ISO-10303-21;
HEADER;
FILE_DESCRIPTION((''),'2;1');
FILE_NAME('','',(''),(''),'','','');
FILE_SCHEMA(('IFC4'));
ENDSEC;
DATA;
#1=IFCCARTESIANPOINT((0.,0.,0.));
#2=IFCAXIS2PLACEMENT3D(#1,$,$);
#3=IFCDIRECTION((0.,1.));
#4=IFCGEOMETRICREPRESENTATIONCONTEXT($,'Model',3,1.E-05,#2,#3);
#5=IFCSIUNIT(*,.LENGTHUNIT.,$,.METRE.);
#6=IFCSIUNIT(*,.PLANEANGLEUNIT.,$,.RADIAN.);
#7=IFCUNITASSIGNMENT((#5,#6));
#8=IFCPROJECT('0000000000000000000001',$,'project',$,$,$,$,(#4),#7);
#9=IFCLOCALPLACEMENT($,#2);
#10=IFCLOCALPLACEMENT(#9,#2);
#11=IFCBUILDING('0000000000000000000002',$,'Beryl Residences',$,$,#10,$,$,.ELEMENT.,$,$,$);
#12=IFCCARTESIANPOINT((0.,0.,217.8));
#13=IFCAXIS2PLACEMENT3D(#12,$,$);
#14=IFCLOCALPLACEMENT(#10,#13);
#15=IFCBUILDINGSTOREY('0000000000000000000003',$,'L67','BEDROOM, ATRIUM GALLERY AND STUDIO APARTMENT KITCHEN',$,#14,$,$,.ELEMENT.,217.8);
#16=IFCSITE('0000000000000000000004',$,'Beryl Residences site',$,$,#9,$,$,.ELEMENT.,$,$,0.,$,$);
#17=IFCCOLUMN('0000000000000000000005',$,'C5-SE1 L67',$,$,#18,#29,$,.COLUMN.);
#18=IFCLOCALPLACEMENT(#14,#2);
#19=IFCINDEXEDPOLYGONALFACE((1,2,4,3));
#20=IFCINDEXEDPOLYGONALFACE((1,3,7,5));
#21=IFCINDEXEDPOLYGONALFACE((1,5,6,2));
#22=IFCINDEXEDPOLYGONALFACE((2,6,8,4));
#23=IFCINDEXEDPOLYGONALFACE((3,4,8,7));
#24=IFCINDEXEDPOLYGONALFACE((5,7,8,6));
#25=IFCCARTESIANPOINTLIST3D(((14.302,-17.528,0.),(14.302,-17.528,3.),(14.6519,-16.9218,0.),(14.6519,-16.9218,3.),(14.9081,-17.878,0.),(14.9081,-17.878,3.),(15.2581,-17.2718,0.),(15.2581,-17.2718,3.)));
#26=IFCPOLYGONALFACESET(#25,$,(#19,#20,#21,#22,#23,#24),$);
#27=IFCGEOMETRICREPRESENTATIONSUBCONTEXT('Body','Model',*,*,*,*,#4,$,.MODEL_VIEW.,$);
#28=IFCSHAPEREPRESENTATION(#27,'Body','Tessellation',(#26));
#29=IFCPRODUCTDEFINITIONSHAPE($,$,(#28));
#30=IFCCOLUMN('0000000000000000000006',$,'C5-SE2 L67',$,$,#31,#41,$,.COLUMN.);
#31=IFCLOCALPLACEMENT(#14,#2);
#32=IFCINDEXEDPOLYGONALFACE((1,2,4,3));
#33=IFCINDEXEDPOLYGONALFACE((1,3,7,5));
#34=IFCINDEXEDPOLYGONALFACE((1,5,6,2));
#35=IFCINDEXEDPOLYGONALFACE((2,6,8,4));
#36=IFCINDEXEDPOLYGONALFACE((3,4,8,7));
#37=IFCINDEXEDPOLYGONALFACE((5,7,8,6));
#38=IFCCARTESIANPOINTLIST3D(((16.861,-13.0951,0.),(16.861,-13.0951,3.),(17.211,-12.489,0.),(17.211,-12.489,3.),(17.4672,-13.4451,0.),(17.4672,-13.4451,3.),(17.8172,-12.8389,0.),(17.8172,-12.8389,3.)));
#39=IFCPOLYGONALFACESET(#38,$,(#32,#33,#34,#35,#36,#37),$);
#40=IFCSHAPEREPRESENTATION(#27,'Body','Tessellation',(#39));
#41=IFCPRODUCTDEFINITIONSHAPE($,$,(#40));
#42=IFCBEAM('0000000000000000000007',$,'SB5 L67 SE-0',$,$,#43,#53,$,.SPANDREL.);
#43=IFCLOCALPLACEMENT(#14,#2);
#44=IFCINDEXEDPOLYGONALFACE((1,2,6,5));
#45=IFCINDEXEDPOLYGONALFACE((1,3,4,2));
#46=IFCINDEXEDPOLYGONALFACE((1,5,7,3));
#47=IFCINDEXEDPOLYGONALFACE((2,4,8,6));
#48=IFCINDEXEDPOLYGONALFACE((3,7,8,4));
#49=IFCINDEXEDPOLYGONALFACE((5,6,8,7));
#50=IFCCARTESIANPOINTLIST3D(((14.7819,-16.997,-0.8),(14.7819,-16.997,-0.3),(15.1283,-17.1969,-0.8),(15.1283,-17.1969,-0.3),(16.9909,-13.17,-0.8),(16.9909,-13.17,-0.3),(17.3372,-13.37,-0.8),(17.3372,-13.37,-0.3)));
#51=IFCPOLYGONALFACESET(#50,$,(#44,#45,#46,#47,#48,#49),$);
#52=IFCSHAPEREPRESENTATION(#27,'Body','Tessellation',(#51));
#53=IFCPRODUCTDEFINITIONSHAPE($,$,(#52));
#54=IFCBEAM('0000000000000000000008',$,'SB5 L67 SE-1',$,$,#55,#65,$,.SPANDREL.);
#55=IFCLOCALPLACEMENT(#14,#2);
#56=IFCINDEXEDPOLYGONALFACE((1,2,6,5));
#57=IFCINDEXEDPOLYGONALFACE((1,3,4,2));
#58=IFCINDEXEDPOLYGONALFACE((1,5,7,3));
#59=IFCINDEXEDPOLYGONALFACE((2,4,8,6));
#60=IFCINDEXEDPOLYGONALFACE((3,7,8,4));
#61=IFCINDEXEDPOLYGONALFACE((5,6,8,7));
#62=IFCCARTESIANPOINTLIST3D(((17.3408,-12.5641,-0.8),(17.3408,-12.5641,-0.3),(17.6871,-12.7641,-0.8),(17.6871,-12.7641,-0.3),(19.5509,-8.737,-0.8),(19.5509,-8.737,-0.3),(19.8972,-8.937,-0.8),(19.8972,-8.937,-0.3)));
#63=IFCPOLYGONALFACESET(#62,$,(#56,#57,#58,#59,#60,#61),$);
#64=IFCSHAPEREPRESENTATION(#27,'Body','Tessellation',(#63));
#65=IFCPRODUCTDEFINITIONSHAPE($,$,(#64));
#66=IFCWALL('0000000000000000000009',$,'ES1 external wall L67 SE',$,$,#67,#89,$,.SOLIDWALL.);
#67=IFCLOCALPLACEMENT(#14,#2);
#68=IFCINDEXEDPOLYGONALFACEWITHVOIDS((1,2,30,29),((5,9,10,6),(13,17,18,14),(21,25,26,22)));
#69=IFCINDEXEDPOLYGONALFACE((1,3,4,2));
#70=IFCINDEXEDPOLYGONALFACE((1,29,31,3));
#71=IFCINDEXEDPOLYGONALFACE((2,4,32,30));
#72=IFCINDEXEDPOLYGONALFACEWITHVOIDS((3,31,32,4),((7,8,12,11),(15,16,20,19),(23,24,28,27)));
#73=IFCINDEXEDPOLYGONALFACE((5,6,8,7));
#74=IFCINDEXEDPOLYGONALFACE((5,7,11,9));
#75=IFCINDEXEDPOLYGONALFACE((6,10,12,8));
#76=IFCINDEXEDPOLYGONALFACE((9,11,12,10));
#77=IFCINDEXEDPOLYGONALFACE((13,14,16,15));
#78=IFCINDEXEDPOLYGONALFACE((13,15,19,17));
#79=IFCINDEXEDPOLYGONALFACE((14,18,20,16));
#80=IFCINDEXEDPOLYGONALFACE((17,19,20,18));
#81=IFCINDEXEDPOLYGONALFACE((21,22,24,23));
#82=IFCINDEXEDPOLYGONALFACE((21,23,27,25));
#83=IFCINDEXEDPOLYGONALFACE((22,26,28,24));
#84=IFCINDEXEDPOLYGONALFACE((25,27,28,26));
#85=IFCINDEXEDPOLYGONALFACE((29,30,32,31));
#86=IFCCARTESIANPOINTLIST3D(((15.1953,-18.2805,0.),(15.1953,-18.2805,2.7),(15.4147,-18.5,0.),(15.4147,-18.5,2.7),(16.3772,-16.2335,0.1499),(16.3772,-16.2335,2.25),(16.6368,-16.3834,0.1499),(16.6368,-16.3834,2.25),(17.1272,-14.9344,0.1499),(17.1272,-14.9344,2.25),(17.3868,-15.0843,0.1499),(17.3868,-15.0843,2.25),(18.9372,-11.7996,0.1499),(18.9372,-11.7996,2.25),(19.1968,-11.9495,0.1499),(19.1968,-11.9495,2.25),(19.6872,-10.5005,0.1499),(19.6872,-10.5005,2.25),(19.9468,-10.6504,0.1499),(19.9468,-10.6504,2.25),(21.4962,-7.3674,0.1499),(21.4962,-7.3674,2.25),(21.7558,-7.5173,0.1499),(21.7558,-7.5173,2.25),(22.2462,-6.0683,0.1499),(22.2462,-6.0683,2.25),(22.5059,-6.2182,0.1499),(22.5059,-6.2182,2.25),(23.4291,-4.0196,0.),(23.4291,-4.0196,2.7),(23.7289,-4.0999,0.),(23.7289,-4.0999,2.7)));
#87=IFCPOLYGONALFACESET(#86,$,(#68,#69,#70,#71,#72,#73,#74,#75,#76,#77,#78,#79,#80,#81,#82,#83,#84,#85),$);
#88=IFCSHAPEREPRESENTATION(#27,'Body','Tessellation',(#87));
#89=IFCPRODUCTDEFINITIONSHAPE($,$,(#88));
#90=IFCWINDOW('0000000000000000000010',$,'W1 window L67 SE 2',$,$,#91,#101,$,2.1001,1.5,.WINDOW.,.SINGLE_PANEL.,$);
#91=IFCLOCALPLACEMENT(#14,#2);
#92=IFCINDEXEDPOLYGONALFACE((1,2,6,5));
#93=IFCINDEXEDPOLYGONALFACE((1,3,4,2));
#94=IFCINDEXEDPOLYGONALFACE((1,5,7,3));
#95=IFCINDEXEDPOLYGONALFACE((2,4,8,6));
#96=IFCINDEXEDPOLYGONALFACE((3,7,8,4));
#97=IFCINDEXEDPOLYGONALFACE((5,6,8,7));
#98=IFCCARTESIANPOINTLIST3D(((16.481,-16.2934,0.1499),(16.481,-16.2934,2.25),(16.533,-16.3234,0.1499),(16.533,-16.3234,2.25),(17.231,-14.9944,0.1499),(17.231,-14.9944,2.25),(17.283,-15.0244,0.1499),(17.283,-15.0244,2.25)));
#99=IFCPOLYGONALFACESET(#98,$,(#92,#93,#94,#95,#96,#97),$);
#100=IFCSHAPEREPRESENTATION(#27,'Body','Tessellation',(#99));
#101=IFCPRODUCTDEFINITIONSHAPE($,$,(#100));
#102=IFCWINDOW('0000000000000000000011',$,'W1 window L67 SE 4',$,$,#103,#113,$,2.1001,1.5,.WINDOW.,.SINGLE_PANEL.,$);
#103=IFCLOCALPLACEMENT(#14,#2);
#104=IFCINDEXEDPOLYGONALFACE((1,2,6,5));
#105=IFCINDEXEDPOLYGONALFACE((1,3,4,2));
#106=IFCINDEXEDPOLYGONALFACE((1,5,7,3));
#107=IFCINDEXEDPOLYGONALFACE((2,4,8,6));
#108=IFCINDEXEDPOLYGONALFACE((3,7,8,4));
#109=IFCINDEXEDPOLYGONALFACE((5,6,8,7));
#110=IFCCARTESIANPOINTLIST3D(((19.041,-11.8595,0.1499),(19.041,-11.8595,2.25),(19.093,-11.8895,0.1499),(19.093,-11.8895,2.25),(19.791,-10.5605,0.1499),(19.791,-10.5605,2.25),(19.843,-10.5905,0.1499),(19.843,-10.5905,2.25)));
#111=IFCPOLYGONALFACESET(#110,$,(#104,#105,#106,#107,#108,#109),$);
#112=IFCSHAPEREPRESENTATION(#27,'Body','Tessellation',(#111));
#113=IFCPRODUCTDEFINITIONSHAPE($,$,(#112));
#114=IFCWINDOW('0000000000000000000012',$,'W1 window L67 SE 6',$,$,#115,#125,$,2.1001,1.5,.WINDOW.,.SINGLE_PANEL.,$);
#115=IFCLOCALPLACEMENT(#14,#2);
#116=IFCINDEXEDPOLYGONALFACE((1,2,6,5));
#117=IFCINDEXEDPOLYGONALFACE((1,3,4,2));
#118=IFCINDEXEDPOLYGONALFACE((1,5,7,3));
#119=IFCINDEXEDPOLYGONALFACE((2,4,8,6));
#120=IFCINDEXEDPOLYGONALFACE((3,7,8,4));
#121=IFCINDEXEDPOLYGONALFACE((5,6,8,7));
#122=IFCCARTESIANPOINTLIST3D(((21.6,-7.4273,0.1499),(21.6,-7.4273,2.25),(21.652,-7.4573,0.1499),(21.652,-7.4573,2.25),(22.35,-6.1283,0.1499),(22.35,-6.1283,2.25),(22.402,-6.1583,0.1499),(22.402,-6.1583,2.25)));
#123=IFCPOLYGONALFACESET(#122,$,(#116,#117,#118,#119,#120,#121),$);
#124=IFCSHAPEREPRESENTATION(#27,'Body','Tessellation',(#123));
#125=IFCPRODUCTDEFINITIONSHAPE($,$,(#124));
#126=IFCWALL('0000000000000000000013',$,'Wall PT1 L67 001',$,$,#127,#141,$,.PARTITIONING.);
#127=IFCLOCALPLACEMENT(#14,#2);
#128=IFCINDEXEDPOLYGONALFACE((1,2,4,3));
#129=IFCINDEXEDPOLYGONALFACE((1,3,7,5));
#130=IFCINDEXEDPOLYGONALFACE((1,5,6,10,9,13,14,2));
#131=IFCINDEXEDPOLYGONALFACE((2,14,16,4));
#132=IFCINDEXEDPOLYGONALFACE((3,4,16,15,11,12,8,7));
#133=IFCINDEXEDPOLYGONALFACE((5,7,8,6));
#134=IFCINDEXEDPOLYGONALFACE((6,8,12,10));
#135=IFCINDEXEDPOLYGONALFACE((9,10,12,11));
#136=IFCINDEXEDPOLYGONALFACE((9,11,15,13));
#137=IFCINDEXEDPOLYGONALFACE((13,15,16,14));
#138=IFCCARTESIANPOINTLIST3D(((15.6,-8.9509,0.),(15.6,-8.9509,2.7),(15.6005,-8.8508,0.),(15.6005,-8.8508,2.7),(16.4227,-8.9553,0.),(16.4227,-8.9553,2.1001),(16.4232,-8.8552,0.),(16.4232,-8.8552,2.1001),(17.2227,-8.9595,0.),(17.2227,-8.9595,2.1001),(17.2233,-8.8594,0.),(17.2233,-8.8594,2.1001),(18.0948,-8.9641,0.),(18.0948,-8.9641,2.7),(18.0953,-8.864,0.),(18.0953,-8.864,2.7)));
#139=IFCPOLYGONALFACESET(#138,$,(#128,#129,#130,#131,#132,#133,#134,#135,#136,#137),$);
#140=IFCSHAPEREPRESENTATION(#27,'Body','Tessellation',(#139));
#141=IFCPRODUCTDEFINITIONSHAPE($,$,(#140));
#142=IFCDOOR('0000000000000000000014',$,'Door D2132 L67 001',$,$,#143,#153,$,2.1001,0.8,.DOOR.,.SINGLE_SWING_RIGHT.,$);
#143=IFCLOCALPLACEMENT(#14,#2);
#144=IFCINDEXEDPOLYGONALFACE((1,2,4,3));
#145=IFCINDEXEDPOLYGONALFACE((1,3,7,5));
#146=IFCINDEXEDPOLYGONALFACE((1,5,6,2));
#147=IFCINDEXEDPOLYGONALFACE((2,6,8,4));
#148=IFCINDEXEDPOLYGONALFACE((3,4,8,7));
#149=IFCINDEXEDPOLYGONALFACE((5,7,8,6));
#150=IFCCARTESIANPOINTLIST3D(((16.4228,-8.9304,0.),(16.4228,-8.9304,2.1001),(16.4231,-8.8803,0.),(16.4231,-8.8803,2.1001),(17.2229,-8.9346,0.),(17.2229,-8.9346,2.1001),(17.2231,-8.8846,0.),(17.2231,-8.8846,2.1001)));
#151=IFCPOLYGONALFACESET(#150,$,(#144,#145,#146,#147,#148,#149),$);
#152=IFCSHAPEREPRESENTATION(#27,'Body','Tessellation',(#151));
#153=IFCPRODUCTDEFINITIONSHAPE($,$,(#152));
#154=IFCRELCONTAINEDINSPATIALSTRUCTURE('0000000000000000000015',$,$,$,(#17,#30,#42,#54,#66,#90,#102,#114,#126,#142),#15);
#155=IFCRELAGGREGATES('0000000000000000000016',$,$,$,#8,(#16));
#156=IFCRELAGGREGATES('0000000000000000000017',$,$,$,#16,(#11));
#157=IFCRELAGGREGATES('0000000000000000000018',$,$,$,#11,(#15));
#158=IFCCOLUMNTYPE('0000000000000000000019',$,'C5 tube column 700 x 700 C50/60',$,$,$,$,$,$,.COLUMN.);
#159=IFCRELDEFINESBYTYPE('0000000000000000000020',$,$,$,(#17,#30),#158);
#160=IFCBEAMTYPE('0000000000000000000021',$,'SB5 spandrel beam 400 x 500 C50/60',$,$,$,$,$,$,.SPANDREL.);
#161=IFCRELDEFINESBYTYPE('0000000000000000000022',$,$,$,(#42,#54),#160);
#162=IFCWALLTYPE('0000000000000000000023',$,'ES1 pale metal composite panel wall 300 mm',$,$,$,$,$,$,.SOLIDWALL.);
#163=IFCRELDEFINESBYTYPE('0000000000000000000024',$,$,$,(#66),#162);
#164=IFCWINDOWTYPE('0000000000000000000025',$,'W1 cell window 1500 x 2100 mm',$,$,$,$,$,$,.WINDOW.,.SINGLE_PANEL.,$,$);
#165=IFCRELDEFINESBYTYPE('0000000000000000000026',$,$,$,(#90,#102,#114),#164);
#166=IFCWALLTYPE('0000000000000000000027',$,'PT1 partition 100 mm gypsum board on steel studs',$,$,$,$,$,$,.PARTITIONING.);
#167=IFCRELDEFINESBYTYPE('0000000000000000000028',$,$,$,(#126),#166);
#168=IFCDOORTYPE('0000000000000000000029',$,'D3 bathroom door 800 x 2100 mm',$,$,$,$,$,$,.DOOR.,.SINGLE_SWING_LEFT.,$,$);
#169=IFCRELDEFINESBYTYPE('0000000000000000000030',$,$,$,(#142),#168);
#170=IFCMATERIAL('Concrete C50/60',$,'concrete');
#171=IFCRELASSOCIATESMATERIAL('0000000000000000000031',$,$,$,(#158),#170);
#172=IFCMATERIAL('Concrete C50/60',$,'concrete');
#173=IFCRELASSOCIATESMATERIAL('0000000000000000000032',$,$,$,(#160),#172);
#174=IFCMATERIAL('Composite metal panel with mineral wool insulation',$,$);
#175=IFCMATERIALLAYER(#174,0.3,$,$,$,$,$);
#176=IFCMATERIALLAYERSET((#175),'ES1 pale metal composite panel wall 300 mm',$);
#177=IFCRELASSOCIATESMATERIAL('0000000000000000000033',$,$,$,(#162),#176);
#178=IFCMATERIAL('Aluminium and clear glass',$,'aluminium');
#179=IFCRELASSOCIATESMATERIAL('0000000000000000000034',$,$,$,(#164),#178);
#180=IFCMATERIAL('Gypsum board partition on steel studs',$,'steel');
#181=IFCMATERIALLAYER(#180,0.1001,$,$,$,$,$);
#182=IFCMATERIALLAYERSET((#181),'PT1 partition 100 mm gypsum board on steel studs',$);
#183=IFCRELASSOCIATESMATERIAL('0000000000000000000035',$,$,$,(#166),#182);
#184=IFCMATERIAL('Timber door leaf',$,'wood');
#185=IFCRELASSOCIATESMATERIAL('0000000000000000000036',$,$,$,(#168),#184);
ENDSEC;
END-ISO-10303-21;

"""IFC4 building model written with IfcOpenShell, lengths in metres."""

from ifc_helpers import new_model, si_unit, direction, frame, frame_2d, origin, origin_2d, place, context, subcontext, project, spatial, polyline, rectangle, outline, extrude, material, layer, layer_set, material_profile, profile_set, type_object, element, fill, save


model = new_model("IFC4")

# Units and contexts
model_context = context("Model", 3, precision=1e-05, world=origin(), true_north=direction((0.0, 1.0)))
body_context = subcontext(model_context, "Body", "Model", "MODEL_VIEW")
ifc_project = project(units=[si_unit("LENGTHUNIT", "METRE"), si_unit("PLANEANGLEUNIT", "RADIAN")], contexts=[model_context])

# Site, building, storey
site_placement = place(None, origin())
site = spatial("IfcSite", under=ifc_project, at=site_placement, Name="Beryl Residences site", CompositionType="ELEMENT", RefElevation=0.0)
building_placement = place(site_placement, origin())
building = spatial("IfcBuilding", under=site, at=building_placement, Name="Beryl Residences", CompositionType="ELEMENT")
storey_placement = place(building_placement, frame((0.0, 0.0, 217.8)))
storey = spatial("IfcBuildingStorey", under=building, at=storey_placement, Name="L67", Description="BEDROOM, ATRIUM GALLERY AND STUDIO APARTMENT KITCHEN", CompositionType="ELEMENT", Elevation=217.8)

# Columns
ifc_material_1 = material(Name="Concrete C50/60", Category="concrete")
ifc_material_profile_1 = material_profile(ifc_material_1, rectangle(XDim=0.7, YDim=0.7, at=origin_2d()))
ifc_profile_set_1 = profile_set([ifc_material_profile_1], Name="Concrete C50/60")
column_type = type_object("IfcColumnType", Name="C5 tube column 700 x 700 C50/60", PredefinedType="COLUMN", material=ifc_profile_set_1)
for number, where, z_axis, x_axis, name in (
    (1, (14.78, -17.3999, 0.0), (0.0, 0.0, 1.0), (0.499985, 0.866034, 0.0), "C5-SE1 L67"),
    (2, (17.3391, -12.967, 0.0), (0.0, 0.0, 1.0), (0.499985, 0.866034, 0.0), "C5-SE2 L67"),
):
    element("IfcColumn", number, at=place(storey_placement, frame(where, z_axis=z_axis, x_axis=x_axis)), inside=storey, type_object=column_type, Name=name, PredefinedType="COLUMN", context=body_context, shape_type="SweptSolid", body=[
        extrude(rectangle(XDim=0.7, YDim=0.7, at=origin_2d()), origin(), (0.0, 0.0, 1.0), 3.0),
    ])

# Beams
ifc_material_2 = material(Name="Concrete C50/60", Category="concrete")
ifc_material_profile_2 = material_profile(ifc_material_2, rectangle(XDim=0.3999, YDim=0.5, at=origin_2d()))
ifc_profile_set_2 = profile_set([ifc_material_profile_2], Name="Concrete C50/60")
beam_type = type_object("IfcBeamType", Name="SB5 spandrel beam 400 x 500 C50/60", PredefinedType="SPANDREL", material=ifc_profile_set_2)
beam_1_placement = place(storey_placement, frame((14.9551, -17.0969, -0.55), z_axis=(0.499919, 0.866072, 0.0), x_axis=(-0.866072, 0.499919, 0.0)))
element("IfcBeam", 3, at=beam_1_placement, inside=storey, type_object=beam_type, Name="SB5 L67 SE-0", PredefinedType="SPANDREL", context=body_context, shape_type="SweptSolid", body=[
    extrude(rectangle(XDim=0.3999, YDim=0.5, at=origin_2d()), origin(), (0.0, 0.0, 1.0), 4.4187),
])
beam_2_placement = place(storey_placement, frame((17.5139, -12.6641, -0.55), z_axis=(0.500102, 0.865967, 0.0), x_axis=(-0.865967, 0.500102, 0.0)))
element("IfcBeam", 4, at=beam_2_placement, inside=storey, type_object=beam_type, Name="SB5 L67 SE-1", PredefinedType="SPANDREL", context=body_context, shape_type="SweptSolid", body=[
    extrude(rectangle(XDim=0.3999, YDim=0.5, at=origin_2d()), origin(), (0.0, 0.0, 1.0), 4.4194),
])

# Wall, openings, windows
ifc_material_3 = material(Name="Composite metal panel with mineral wool insulation")
ifc_layer_1 = layer(ifc_material_3, 0.3)
ifc_layer_set_1 = layer_set([ifc_layer_1], Name="ES1 pale metal composite panel wall 300 mm")
wall_type_1 = type_object("IfcWallType", Name="ES1 pale metal composite panel wall 300 mm", PredefinedType="SOLIDWALL", material=ifc_layer_set_1)
wall_1_placement = place(storey_placement, frame((15.2849, -18.425, 0.0), z_axis=(0.0, 0.0, 1.0), x_axis=(0.500013, 0.866018, 0.0)))
wall_1 = element("IfcWall", 5, at=wall_1_placement, inside=storey, type_object=wall_type_1, Name="ES1 external wall L67 SE", PredefinedType="SOLIDWALL", context=body_context, shape_type="SweptSolid", body=[
    extrude(outline(polyline([(0.0, -0.1499), (16.6279, -0.1499), (16.5476, 0.1499), (0.0803, 0.1499), (0.0, -0.1499)])), origin(), (0.0, 0.0, 1.0), 2.7),
])
opening_1_placement = place(wall_1_placement, frame((2.4441, 0.0, 0.1499)))
opening_1 = element("IfcOpeningElement", 6, at=opening_1_placement, cuts=wall_1, PredefinedType="OPENING", context=body_context, shape_type="SweptSolid", body=[
    extrude(rectangle(XDim=1.5, YDim=2.1001, at=frame_2d((0.75, 1.05))), frame((0.0, 0.1599, 0.0), z_axis=(0.0, -1.0, 0.0), x_axis=(1.0, 0.0, 0.0)), (0.0, 0.0, 1.0), 0.3201),
])
opening_2_placement = place(wall_1_placement, frame((7.564, 0.0, 0.1499)))
opening_2 = element("IfcOpeningElement", 7, at=opening_2_placement, cuts=wall_1, PredefinedType="OPENING", context=body_context, shape_type="SweptSolid", body=[
    extrude(rectangle(XDim=1.5, YDim=2.1001, at=frame_2d((0.75, 1.05))), frame((0.0, 0.1599, 0.0), z_axis=(0.0, -1.0, 0.0), x_axis=(1.0, 0.0, 0.0)), (0.0, 0.0, 1.0), 0.3201),
])
opening_3_placement = place(wall_1_placement, frame((12.6819, 0.0, 0.1499)))
opening_3 = element("IfcOpeningElement", 8, at=opening_3_placement, cuts=wall_1, PredefinedType="OPENING", context=body_context, shape_type="SweptSolid", body=[
    extrude(rectangle(XDim=1.5, YDim=2.1001, at=frame_2d((0.75, 1.05))), frame((0.0, 0.1599, 0.0), z_axis=(0.0, -1.0, 0.0), x_axis=(1.0, 0.0, 0.0)), (0.0, 0.0, 1.0), 0.3201),
])
ifc_material_4 = material(Name="Aluminium and clear glass", Category="aluminium")
window_type = type_object("IfcWindowType", Name="W1 cell window 1500 x 2100 mm", PartitioningType="SINGLE_PANEL", PredefinedType="WINDOW", material=ifc_material_4)
window_1_placement = place(opening_1_placement, origin())
window_1 = element("IfcWindow", 9, at=window_1_placement, inside=storey, type_object=window_type, Name="W1 window L67 SE 2", OverallHeight=2.1001, OverallWidth=1.5, PartitioningType="SINGLE_PANEL", PredefinedType="WINDOW", context=body_context, shape_type="SweptSolid", body=[
    extrude(rectangle(XDim=1.5, YDim=2.1001, at=frame_2d((0.75, 1.05))), frame((0.0, 0.03, 0.0), z_axis=(0.0, -1.0, 0.0), x_axis=(1.0, 0.0, 0.0)), (0.0, 0.0, 1.0), 0.0601),
])
fill(opening_1, window_1)
window_2_placement = place(opening_2_placement, origin())
window_2 = element("IfcWindow", 10, at=window_2_placement, inside=storey, type_object=window_type, Name="W1 window L67 SE 4", OverallHeight=2.1001, OverallWidth=1.5, PartitioningType="SINGLE_PANEL", PredefinedType="WINDOW", context=body_context, shape_type="SweptSolid", body=[
    extrude(rectangle(XDim=1.5, YDim=2.1001, at=frame_2d((0.75, 1.05))), frame((0.0, 0.03, 0.0), z_axis=(0.0, -1.0, 0.0), x_axis=(1.0, 0.0, 0.0)), (0.0, 0.0, 1.0), 0.0601),
])
fill(opening_2, window_2)
window_3_placement = place(opening_3_placement, origin())
window_3 = element("IfcWindow", 11, at=window_3_placement, inside=storey, type_object=window_type, Name="W1 window L67 SE 6", OverallHeight=2.1001, OverallWidth=1.5, PartitioningType="SINGLE_PANEL", PredefinedType="WINDOW", context=body_context, shape_type="SweptSolid", body=[
    extrude(rectangle(XDim=1.5, YDim=2.1001, at=frame_2d((0.75, 1.05))), frame((0.0, 0.03, 0.0), z_axis=(0.0, -1.0, 0.0), x_axis=(1.0, 0.0, 0.0)), (0.0, 0.0, 1.0), 0.0601),
])
fill(opening_3, window_3)

# Wall, opening, door
ifc_material_5 = material(Name="Gypsum board partition on steel studs", Category="steel")
ifc_layer_2 = layer(ifc_material_5, 0.1001)
ifc_layer_set_2 = layer_set([ifc_layer_2], Name="PT1 partition 100 mm gypsum board on steel studs")
wall_type_2 = type_object("IfcWallType", Name="PT1 partition 100 mm gypsum board on steel studs", PredefinedType="PARTITIONING", material=ifc_layer_set_2)
wall_2_placement = place(storey_placement, frame((15.6001, -8.9009, 0.0), z_axis=(0.0, 0.0, 1.0), x_axis=(0.999986, -0.005284, 0.0)))
wall_2 = element("IfcWall", 12, at=wall_2_placement, inside=storey, type_object=wall_type_2, Name="Wall PT1 L67 001", PredefinedType="PARTITIONING", context=body_context, shape_type="SweptSolid", body=[
    extrude(rectangle(XDim=2.4949, YDim=0.1001, at=frame_2d((1.2476, 0.0))), origin(), (0.0, 0.0, 1.0), 2.7),
])
opening_4_placement = place(wall_2_placement, frame((0.823, 0.0, 0.0)))
opening_4 = element("IfcOpeningElement", 13, at=opening_4_placement, cuts=wall_2, PredefinedType="OPENING", context=body_context, shape_type="SweptSolid", body=[
    extrude(rectangle(XDim=0.8, YDim=2.1001, at=frame_2d((0.3999, 1.05))), frame((0.0, 0.0601, 0.0), z_axis=(0.0, -1.0, 0.0), x_axis=(1.0, 0.0, 0.0)), (0.0, 0.0, 1.0), 0.1201),
])
ifc_material_6 = material(Name="Timber door leaf", Category="wood")
door_type_1 = type_object("IfcDoorType", Name="D3 bathroom door 800 x 2100 mm", OperationType="SINGLE_SWING_LEFT", PredefinedType="DOOR", material=ifc_material_6)
door_1_placement = place(opening_4_placement, origin())
door_1 = element("IfcDoor", 14, at=door_1_placement, inside=storey, type_object=door_type_1, Name="Door D2132 L67 001", OperationType="SINGLE_SWING_RIGHT", OverallHeight=2.1001, OverallWidth=0.8, PredefinedType="DOOR", context=body_context, shape_type="SweptSolid", body=[
    extrude(rectangle(XDim=0.8, YDim=2.1001, at=frame_2d((0.3999, 1.05))), frame((0.0, 0.0249, 0.0), z_axis=(0.0, -1.0, 0.0), x_axis=(1.0, 0.0, 0.0)), (0.0, 0.0, 1.0), 0.05),
])
fill(opening_4, door_1)

save(model, "model.ifc")
